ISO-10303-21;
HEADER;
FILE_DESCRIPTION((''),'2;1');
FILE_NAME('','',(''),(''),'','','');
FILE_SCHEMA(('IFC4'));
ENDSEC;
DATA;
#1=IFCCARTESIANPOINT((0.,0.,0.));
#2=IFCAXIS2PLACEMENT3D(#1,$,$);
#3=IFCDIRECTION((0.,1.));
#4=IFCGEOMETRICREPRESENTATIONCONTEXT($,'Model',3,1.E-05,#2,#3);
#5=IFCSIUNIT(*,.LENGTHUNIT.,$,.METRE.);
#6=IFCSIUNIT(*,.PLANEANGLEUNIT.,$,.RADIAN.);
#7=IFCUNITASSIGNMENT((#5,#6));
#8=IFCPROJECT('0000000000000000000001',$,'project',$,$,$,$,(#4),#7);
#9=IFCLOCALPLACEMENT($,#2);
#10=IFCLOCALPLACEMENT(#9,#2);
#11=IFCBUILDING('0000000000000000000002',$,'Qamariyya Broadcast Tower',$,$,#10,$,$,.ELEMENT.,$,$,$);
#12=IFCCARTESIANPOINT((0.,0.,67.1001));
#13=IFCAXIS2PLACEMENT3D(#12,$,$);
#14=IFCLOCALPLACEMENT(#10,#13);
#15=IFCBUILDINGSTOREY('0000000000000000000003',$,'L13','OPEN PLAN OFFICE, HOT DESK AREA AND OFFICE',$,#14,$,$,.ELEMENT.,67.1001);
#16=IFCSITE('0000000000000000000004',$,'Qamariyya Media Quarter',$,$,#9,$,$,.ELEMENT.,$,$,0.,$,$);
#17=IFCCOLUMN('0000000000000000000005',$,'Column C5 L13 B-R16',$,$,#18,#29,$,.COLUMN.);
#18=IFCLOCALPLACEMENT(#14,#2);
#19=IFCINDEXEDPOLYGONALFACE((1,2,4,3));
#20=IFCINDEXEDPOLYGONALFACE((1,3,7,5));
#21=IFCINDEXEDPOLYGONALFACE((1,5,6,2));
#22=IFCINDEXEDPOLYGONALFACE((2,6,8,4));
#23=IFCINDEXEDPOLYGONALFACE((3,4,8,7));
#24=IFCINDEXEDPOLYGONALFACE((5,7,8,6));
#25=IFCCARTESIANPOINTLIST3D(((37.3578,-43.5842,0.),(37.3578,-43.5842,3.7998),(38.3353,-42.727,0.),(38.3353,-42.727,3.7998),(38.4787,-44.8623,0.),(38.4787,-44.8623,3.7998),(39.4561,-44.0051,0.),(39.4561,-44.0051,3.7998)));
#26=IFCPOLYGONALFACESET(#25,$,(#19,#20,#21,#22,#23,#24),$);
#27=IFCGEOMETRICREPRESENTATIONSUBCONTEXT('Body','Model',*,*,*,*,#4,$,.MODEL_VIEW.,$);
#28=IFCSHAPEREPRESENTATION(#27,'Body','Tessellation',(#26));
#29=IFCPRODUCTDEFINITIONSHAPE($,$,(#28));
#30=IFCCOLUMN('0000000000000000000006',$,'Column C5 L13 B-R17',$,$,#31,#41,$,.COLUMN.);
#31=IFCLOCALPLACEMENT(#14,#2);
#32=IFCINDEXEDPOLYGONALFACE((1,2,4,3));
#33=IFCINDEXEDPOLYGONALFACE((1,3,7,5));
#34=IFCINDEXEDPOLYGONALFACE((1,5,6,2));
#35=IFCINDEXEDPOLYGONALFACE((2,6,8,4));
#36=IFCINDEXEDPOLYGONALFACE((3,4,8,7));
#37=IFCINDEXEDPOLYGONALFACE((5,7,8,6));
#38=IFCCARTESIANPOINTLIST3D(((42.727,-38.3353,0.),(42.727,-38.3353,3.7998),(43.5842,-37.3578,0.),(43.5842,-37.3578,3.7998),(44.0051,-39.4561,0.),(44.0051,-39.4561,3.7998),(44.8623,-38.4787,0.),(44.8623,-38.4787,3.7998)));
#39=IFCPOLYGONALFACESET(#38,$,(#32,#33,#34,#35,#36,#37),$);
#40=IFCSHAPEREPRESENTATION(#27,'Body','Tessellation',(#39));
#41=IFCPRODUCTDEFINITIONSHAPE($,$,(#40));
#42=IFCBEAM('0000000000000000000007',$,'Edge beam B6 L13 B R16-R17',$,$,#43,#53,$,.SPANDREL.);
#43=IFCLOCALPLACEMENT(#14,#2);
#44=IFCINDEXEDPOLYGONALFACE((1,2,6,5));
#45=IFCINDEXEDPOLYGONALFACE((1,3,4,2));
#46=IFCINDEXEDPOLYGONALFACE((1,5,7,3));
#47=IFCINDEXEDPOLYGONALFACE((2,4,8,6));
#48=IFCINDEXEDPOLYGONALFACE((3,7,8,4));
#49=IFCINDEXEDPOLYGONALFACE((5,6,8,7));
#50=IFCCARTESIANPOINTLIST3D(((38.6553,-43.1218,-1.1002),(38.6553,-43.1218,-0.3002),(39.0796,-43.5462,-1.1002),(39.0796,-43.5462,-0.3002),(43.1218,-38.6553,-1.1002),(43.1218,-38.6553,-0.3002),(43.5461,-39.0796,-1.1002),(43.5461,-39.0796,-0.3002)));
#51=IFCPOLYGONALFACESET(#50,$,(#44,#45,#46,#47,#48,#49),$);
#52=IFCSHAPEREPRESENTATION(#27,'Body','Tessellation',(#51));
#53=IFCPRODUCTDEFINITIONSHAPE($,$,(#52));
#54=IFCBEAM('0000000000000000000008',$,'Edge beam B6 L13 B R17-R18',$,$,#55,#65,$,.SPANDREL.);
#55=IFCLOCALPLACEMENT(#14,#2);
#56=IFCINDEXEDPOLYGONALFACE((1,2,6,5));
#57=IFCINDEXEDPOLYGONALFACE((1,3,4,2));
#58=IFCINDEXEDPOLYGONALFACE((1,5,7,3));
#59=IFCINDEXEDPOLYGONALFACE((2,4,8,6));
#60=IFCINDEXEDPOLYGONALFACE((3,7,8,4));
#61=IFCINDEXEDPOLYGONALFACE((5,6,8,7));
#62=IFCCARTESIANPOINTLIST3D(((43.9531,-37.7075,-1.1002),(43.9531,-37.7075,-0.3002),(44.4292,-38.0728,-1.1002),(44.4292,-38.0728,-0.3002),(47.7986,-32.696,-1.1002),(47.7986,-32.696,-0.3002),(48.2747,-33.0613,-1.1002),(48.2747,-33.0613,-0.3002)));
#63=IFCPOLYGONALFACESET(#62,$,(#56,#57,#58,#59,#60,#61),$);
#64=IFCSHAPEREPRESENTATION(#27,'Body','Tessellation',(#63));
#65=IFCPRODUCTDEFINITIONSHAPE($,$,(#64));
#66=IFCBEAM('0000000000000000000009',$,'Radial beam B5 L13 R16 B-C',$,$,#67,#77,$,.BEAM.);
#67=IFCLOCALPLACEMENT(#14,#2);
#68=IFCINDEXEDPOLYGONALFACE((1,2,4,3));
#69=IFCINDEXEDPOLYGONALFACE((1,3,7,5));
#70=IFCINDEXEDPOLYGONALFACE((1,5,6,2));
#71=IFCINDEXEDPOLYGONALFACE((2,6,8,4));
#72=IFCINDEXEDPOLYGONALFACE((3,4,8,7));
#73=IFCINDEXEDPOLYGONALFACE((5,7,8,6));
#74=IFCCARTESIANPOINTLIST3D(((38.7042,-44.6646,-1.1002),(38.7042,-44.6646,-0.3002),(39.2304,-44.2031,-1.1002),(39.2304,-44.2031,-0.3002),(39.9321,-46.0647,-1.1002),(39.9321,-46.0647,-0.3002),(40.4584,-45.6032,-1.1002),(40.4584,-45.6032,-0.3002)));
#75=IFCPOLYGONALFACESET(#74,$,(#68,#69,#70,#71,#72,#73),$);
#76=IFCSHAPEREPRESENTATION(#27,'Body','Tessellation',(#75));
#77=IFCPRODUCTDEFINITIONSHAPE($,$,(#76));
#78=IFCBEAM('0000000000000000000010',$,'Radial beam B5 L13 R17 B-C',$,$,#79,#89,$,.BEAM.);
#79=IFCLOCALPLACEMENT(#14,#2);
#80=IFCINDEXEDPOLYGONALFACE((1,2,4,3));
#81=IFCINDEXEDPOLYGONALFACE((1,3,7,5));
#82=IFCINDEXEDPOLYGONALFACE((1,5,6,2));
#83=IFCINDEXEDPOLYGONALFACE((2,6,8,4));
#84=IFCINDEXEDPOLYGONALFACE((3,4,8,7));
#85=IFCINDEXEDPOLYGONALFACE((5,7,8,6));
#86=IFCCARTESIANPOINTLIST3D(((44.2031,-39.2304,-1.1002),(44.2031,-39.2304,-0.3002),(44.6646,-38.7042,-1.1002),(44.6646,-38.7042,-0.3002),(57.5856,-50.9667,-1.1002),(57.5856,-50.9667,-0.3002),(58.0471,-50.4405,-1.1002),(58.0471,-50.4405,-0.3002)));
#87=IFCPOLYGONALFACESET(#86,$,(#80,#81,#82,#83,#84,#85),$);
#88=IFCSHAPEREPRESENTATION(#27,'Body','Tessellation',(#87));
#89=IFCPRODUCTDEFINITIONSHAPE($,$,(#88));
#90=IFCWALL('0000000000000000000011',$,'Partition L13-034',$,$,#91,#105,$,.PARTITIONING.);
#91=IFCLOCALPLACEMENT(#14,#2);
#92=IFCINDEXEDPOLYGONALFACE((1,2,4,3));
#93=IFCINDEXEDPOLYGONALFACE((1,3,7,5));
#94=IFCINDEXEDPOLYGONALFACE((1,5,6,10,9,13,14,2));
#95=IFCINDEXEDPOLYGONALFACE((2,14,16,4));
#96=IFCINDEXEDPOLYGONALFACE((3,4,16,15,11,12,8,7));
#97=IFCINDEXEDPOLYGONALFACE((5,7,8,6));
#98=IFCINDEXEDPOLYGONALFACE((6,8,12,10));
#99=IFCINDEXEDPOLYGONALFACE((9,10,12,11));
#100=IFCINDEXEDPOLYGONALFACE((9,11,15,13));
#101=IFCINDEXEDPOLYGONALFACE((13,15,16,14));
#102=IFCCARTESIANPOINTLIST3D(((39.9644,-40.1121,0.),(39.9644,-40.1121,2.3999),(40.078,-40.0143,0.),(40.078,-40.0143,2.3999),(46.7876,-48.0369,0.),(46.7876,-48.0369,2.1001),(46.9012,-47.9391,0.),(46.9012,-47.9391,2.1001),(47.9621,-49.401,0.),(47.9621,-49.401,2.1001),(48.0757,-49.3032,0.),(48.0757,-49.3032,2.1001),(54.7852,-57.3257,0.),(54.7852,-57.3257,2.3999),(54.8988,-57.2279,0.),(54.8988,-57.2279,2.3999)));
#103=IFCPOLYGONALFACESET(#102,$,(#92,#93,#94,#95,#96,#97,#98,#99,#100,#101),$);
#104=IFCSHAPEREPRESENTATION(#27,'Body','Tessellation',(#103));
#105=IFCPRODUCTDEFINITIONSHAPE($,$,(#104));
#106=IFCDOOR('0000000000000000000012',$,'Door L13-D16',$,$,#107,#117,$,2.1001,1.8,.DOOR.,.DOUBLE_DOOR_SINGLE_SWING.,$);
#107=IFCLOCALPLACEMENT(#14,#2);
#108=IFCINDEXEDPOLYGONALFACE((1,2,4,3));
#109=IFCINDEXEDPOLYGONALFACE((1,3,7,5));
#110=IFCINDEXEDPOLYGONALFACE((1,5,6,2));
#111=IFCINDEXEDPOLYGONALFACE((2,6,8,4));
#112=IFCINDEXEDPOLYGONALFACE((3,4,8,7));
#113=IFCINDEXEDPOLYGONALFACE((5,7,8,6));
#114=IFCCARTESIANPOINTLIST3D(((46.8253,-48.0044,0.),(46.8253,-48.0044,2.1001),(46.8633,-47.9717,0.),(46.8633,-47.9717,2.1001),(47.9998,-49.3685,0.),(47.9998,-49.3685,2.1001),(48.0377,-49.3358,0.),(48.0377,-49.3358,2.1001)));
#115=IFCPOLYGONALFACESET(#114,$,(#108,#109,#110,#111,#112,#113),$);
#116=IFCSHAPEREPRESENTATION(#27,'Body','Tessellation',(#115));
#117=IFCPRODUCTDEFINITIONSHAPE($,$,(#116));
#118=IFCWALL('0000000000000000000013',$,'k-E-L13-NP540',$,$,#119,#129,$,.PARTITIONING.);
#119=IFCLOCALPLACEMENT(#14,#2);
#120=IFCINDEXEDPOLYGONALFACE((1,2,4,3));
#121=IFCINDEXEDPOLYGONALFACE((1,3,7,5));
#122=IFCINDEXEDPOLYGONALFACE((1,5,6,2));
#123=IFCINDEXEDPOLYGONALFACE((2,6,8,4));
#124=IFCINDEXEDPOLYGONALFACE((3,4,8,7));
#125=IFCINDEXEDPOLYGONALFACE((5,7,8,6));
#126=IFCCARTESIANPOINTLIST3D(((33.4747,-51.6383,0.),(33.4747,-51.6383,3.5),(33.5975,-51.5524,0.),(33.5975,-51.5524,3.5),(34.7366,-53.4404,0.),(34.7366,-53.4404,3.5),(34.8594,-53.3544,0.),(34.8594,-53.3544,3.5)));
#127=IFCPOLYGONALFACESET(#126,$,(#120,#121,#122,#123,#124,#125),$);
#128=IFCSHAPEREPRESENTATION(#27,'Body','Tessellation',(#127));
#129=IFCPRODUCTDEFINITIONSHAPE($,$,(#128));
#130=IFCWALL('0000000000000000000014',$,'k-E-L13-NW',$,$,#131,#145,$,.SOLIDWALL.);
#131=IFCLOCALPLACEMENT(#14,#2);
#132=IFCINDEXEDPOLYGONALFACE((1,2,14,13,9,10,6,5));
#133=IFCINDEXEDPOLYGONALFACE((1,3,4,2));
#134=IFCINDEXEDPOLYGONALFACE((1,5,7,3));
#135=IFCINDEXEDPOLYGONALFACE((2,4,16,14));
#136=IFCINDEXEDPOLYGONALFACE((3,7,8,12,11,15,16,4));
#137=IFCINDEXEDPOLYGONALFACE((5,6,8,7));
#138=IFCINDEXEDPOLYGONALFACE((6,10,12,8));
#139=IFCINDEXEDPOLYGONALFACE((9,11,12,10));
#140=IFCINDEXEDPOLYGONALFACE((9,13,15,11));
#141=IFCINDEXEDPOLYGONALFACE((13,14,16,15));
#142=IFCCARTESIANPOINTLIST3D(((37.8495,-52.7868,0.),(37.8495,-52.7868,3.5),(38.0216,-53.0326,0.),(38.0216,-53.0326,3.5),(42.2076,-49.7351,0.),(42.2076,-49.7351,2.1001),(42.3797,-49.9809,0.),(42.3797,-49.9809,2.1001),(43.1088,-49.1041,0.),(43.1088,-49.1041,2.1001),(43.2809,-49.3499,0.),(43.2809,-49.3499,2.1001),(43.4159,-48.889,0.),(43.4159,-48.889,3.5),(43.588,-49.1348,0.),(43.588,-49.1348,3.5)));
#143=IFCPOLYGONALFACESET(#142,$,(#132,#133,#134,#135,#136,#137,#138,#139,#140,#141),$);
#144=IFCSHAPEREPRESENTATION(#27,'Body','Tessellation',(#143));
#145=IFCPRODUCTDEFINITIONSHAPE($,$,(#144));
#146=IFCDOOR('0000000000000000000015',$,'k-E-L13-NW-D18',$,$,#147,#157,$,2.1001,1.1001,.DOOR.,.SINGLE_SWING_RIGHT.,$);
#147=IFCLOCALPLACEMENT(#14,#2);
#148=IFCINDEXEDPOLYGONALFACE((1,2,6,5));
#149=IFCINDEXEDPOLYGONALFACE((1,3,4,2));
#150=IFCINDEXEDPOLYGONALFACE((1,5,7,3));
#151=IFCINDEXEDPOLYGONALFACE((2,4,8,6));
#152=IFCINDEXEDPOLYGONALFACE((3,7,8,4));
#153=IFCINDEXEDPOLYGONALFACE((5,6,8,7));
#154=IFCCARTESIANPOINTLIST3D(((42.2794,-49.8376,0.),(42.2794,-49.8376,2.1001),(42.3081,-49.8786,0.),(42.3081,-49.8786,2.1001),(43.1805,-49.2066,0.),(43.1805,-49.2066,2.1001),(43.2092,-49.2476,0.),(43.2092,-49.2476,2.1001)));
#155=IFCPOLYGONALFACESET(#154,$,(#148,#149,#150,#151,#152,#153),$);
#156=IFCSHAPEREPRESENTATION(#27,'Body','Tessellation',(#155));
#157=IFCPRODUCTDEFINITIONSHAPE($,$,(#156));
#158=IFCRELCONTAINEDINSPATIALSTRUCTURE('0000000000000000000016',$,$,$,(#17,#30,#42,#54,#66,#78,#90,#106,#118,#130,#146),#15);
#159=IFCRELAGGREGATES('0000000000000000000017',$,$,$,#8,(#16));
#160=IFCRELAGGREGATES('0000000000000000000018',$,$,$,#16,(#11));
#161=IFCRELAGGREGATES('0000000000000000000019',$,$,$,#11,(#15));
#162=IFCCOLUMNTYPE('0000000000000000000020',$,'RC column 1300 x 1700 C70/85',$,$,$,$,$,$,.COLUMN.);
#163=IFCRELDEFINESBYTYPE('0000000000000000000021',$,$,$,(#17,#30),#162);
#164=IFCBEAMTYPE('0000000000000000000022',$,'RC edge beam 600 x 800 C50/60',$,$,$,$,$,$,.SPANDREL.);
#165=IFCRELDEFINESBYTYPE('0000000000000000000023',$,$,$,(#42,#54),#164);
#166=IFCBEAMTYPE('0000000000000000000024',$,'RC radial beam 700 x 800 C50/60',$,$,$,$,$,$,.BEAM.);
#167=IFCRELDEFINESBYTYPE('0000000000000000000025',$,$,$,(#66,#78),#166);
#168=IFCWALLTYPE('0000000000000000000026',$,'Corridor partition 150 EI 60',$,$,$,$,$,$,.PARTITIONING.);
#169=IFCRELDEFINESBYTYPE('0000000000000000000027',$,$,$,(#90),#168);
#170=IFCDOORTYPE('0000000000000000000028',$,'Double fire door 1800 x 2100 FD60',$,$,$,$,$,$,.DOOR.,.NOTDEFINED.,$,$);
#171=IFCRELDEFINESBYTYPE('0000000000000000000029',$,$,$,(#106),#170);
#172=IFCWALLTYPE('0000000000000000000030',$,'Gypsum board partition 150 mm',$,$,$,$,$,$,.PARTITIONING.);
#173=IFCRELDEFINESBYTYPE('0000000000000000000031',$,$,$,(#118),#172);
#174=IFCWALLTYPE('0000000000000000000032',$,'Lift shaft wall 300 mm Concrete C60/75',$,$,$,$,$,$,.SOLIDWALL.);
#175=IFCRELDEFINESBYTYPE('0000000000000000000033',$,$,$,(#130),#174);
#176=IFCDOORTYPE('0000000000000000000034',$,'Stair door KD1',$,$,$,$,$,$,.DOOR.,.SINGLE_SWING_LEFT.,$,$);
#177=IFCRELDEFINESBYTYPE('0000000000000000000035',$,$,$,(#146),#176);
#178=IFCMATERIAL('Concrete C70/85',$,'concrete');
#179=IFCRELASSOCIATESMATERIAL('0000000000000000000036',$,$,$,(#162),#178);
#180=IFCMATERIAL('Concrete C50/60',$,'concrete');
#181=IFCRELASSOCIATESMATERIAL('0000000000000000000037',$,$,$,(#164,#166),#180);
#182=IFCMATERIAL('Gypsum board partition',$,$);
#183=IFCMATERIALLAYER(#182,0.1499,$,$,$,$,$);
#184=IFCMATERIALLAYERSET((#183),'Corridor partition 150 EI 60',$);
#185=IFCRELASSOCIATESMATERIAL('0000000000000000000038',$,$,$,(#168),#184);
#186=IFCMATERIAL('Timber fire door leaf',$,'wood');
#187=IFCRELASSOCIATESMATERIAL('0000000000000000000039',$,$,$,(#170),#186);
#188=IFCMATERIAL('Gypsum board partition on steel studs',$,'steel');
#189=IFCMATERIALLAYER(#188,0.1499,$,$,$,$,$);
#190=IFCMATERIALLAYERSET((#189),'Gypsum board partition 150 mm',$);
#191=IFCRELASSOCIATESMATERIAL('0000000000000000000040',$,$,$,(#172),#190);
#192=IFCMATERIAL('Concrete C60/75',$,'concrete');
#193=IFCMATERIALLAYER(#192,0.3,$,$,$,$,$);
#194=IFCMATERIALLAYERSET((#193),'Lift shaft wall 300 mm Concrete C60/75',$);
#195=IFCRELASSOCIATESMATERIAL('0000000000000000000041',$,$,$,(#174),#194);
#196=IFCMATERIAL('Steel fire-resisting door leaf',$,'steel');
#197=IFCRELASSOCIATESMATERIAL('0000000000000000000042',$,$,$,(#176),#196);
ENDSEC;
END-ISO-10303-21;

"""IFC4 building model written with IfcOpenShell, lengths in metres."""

from ifc_helpers import new_model, si_unit, direction, frame, frame_2d, origin, origin_2d, place, context, subcontext, project, spatial, rectangle, extrude, material, layer, layer_set, material_profile, profile_set, type_object, element, fill, save


model = new_model("IFC4")

# Units and contexts
model_context = context("Model", 3, precision=1e-05, world=origin(), true_north=direction((0.0, 1.0)))
body_context = subcontext(model_context, "Body", "Model", "MODEL_VIEW")
ifc_project = project(units=[si_unit("LENGTHUNIT", "METRE"), si_unit("PLANEANGLEUNIT", "RADIAN")], contexts=[model_context])

# Site, building, storey
site_placement = place(None, origin())
site = spatial("IfcSite", under=ifc_project, at=site_placement, Name="Qamariyya Media Quarter", CompositionType="ELEMENT", RefElevation=0.0)
building_placement = place(site_placement, origin())
building = spatial("IfcBuilding", under=site, at=building_placement, Name="Qamariyya Broadcast Tower", CompositionType="ELEMENT")
storey_placement = place(building_placement, frame((0.0, 0.0, 67.1001)))
storey = spatial("IfcBuildingStorey", under=building, at=storey_placement, Name="L13", Description="OPEN PLAN OFFICE, HOT DESK AREA AND OFFICE", CompositionType="ELEMENT", Elevation=67.1001)

# Columns
ifc_material_1 = material(Name="Concrete C70/85", Category="concrete")
ifc_material_profile_1 = material_profile(ifc_material_1, rectangle(XDim=1.3, YDim=1.7, at=origin_2d()))
ifc_profile_set_1 = profile_set([ifc_material_profile_1], Name="Concrete C70/85")
column_type = type_object("IfcColumnType", Name="RC column 1300 x 1700 C70/85", PredefinedType="COLUMN", material=ifc_profile_set_1)
for number, where, z_axis, x_axis, name in (
    (1, (38.407, -43.7947, 0.0), (0.0, 0.0, 1.0), (0.75184, 0.659346, 0.0), "Column C5 L13 B-R16"),
    (2, (43.7947, -38.407, 0.0), (0.0, 0.0, 1.0), (0.659346, 0.75184, 0.0), "Column C5 L13 B-R17"),
):
    element("IfcColumn", number, at=place(storey_placement, frame(where, z_axis=z_axis, x_axis=x_axis)), inside=storey, type_object=column_type, Name=name, PredefinedType="COLUMN", context=body_context, shape_type="SweptSolid", body=[
        extrude(rectangle(XDim=1.3, YDim=1.7, at=origin_2d()), origin(), (0.0, 0.0, 1.0), 3.7998),
    ])

# Beams
ifc_material_2 = material(Name="Concrete C50/60", Category="concrete")
ifc_material_profile_2 = material_profile(ifc_material_2, rectangle(XDim=0.6001, YDim=0.8, at=origin_2d()))
ifc_profile_set_2 = profile_set([ifc_material_profile_2], Name="Concrete C50/60")
beam_type_1 = type_object("IfcBeamType", Name="RC edge beam 600 x 800 C50/60", PredefinedType="SPANDREL", material=ifc_profile_set_2)
beam_1_placement = place(storey_placement, frame((38.8674, -43.334, -0.7002), z_axis=(0.707107, 0.707107, 0.0), x_axis=(-0.707107, 0.707107, 0.0)))
element("IfcBeam", 3, at=beam_1_placement, inside=storey, type_object=beam_type_1, Name="Edge beam B6 L13 B R16-R17", PredefinedType="SPANDREL", context=body_context, shape_type="SweptSolid", body=[
    extrude(rectangle(XDim=0.6001, YDim=0.8, at=origin_2d()), origin(), (0.0, 0.0, 1.0), 6.3167),
])
beam_2_placement = place(storey_placement, frame((44.1912, -37.8901, -0.7002), z_axis=(0.608763, 0.793352, 0.0), x_axis=(-0.793352, 0.608763, 0.0)))
element("IfcBeam", 4, at=beam_2_placement, inside=storey, type_object=beam_type_1, Name="Edge beam B6 L13 B R17-R18", PredefinedType="SPANDREL", context=body_context, shape_type="SweptSolid", body=[
    extrude(rectangle(XDim=0.6001, YDim=0.8, at=origin_2d()), origin(), (0.0, 0.0, 1.0), 6.3169),
])
ifc_material_profile_3 = material_profile(ifc_material_2, rectangle(XDim=0.7, YDim=0.8, at=origin_2d()))
ifc_profile_set_3 = profile_set([ifc_material_profile_3], Name="Concrete C50/60")
beam_type_2 = type_object("IfcBeamType", Name="RC radial beam 700 x 800 C50/60", PredefinedType="BEAM", material=ifc_profile_set_3)
beam_3_placement = place(storey_placement, frame((38.9673, -44.4338, -0.7002), z_axis=(0.659386, -0.751805, 0.0), x_axis=(0.751805, 0.659386, 0.0)))
element("IfcBeam", 5, at=beam_3_placement, inside=storey, type_object=beam_type_2, Name="Radial beam B5 L13 R16 B-C", PredefinedType="BEAM", context=body_context, shape_type="SweptSolid", body=[
    extrude(rectangle(XDim=0.7, YDim=0.8, at=origin_2d()), origin(), (0.0, 0.0, 1.0), 1.8623),
])
beam_4_placement = place(storey_placement, frame((44.4338, -38.9673, -0.7002), z_axis=(0.751836, -0.65935, 0.0), x_axis=(0.65935, 0.751836, 0.0)))
element("IfcBeam", 6, at=beam_4_placement, inside=storey, type_object=beam_type_2, Name="Radial beam B5 L13 R17 B-C", PredefinedType="BEAM", context=body_context, shape_type="SweptSolid", body=[
    extrude(rectangle(XDim=0.7, YDim=0.8, at=origin_2d()), origin(), (0.0, 0.0, 1.0), 17.7998),
])

# Wall, opening, door
ifc_material_3 = material(Name="Gypsum board partition")
ifc_layer_1 = layer(ifc_material_3, 0.1499)
ifc_layer_set_1 = layer_set([ifc_layer_1], Name="Corridor partition 150 EI 60")
wall_type_1 = type_object("IfcWallType", Name="Corridor partition 150 EI 60", PredefinedType="PARTITIONING", material=ifc_layer_set_1)
wall_1_placement = place(storey_placement, frame((40.0212, -40.0632, 0.0), z_axis=(0.0, 0.0, 1.0), x_axis=(0.652472, -0.757813, 0.0)))
wall_1 = element("IfcWall", 7, at=wall_1_placement, inside=storey, type_object=wall_type_1, Name="Partition L13-034", PredefinedType="PARTITIONING", context=body_context, shape_type="SweptSolid", body=[
    extrude(rectangle(XDim=22.7148, YDim=0.1499, at=frame_2d((11.3574, 0.0))), origin(), (0.0, 0.0, 1.0), 2.3999),
])
opening_1_placement = place(wall_1_placement, frame((10.4575, 0.0, 0.0)))
opening_1 = element("IfcOpeningElement", 8, at=opening_1_placement, cuts=wall_1, PredefinedType="OPENING", context=body_context, shape_type="SweptSolid", body=[
    extrude(rectangle(XDim=1.8, YDim=2.1001, at=frame_2d((0.8999, 1.05))), frame((0.0, 0.085, 0.0), z_axis=(0.0, -1.0, 0.0), x_axis=(1.0, 0.0, 0.0)), (0.0, 0.0, 1.0), 0.1699),
])
ifc_material_4 = material(Name="Timber fire door leaf", Category="wood")
door_type_1 = type_object("IfcDoorType", Name="Double fire door 1800 x 2100 FD60", OperationType="NOTDEFINED", PredefinedType="DOOR", material=ifc_material_4)
door_1_placement = place(opening_1_placement, origin())
door_1 = element("IfcDoor", 9, at=door_1_placement, inside=storey, type_object=door_type_1, Name="Door L13-D16", OperationType="DOUBLE_DOOR_SINGLE_SWING", OverallHeight=2.1001, OverallWidth=1.8, PredefinedType="DOOR", context=body_context, shape_type="SweptSolid", body=[
    extrude(rectangle(XDim=1.8, YDim=2.1001, at=frame_2d((0.8999, 1.05))), frame((0.0, 0.0249, 0.0), z_axis=(0.0, -1.0, 0.0), x_axis=(1.0, 0.0, 0.0)), (0.0, 0.0, 1.0), 0.05),
])
fill(opening_1, door_1)

# Wall
ifc_material_5 = material(Name="Gypsum board partition on steel studs", Category="steel")
ifc_layer_2 = layer(ifc_material_5, 0.1499)
ifc_layer_set_2 = layer_set([ifc_layer_2], Name="Gypsum board partition 150 mm")
wall_type_2 = type_object("IfcWallType", Name="Gypsum board partition 150 mm", PredefinedType="PARTITIONING", material=ifc_layer_set_2)
wall_2_placement = place(storey_placement, frame((34.7981, -53.3975, 0.0), z_axis=(0.0, 0.0, 1.0), x_axis=(-0.573634, 0.819112, 0.0)))
element("IfcWall", 10, at=wall_2_placement, inside=storey, type_object=wall_type_2, Name="k-E-L13-NP540", PredefinedType="PARTITIONING", context=body_context, shape_type="SweptSolid", body=[
    extrude(rectangle(XDim=2.2, YDim=0.1499, at=frame_2d((1.1001, 0.0))), origin(), (0.0, 0.0, 1.0), 3.5),
])

# Wall, opening, door
ifc_material_6 = material(Name="Concrete C60/75", Category="concrete")
ifc_layer_3 = layer(ifc_material_6, 0.3)
ifc_layer_set_3 = layer_set([ifc_layer_3], Name="Lift shaft wall 300 mm Concrete C60/75")
wall_type_3 = type_object("IfcWallType", Name="Lift shaft wall 300 mm Concrete C60/75", PredefinedType="SOLIDWALL", material=ifc_layer_set_3)
wall_3_placement = place(storey_placement, frame((37.9355, -52.9097, 0.0), z_axis=(0.0, 0.0, 1.0), x_axis=(0.819148, 0.573583, 0.0)))
wall_3 = element("IfcWall", 11, at=wall_3_placement, inside=storey, type_object=wall_type_3, Name="k-E-L13-NW", PredefinedType="SOLIDWALL", context=body_context, shape_type="SweptSolid", body=[
    extrude(rectangle(XDim=6.7954, YDim=0.3, at=frame_2d((3.3977, 0.0))), origin(), (0.0, 0.0, 1.0), 3.5),
])
opening_2_placement = place(wall_3_placement, frame((5.3203, 0.0, 0.0)))
opening_2 = element("IfcOpeningElement", 12, at=opening_2_placement, cuts=wall_3, PredefinedType="OPENING", context=body_context, shape_type="SweptSolid", body=[
    extrude(rectangle(XDim=1.1001, YDim=2.1001, at=frame_2d((0.55, 1.05))), frame((0.0, 0.1599, 0.0), z_axis=(0.0, -1.0, 0.0), x_axis=(1.0, 0.0, 0.0)), (0.0, 0.0, 1.0), 0.3201),
])
ifc_material_7 = material(Name="Steel fire-resisting door leaf", Category="steel")
door_type_2 = type_object("IfcDoorType", Name="Stair door KD1", OperationType="SINGLE_SWING_LEFT", PredefinedType="DOOR", material=ifc_material_7)
door_2_placement = place(opening_2_placement, origin())
door_2 = element("IfcDoor", 13, at=door_2_placement, inside=storey, type_object=door_type_2, Name="k-E-L13-NW-D18", OperationType="SINGLE_SWING_RIGHT", OverallHeight=2.1001, OverallWidth=1.1001, PredefinedType="DOOR", context=body_context, shape_type="SweptSolid", body=[
    extrude(rectangle(XDim=1.1001, YDim=2.1001, at=frame_2d((0.55, 1.05))), frame((0.0, 0.0249, 0.0), z_axis=(0.0, -1.0, 0.0), x_axis=(1.0, 0.0, 0.0)), (0.0, 0.0, 1.0), 0.05),
])
fill(opening_2, door_2)

save(model, "model.ifc")
